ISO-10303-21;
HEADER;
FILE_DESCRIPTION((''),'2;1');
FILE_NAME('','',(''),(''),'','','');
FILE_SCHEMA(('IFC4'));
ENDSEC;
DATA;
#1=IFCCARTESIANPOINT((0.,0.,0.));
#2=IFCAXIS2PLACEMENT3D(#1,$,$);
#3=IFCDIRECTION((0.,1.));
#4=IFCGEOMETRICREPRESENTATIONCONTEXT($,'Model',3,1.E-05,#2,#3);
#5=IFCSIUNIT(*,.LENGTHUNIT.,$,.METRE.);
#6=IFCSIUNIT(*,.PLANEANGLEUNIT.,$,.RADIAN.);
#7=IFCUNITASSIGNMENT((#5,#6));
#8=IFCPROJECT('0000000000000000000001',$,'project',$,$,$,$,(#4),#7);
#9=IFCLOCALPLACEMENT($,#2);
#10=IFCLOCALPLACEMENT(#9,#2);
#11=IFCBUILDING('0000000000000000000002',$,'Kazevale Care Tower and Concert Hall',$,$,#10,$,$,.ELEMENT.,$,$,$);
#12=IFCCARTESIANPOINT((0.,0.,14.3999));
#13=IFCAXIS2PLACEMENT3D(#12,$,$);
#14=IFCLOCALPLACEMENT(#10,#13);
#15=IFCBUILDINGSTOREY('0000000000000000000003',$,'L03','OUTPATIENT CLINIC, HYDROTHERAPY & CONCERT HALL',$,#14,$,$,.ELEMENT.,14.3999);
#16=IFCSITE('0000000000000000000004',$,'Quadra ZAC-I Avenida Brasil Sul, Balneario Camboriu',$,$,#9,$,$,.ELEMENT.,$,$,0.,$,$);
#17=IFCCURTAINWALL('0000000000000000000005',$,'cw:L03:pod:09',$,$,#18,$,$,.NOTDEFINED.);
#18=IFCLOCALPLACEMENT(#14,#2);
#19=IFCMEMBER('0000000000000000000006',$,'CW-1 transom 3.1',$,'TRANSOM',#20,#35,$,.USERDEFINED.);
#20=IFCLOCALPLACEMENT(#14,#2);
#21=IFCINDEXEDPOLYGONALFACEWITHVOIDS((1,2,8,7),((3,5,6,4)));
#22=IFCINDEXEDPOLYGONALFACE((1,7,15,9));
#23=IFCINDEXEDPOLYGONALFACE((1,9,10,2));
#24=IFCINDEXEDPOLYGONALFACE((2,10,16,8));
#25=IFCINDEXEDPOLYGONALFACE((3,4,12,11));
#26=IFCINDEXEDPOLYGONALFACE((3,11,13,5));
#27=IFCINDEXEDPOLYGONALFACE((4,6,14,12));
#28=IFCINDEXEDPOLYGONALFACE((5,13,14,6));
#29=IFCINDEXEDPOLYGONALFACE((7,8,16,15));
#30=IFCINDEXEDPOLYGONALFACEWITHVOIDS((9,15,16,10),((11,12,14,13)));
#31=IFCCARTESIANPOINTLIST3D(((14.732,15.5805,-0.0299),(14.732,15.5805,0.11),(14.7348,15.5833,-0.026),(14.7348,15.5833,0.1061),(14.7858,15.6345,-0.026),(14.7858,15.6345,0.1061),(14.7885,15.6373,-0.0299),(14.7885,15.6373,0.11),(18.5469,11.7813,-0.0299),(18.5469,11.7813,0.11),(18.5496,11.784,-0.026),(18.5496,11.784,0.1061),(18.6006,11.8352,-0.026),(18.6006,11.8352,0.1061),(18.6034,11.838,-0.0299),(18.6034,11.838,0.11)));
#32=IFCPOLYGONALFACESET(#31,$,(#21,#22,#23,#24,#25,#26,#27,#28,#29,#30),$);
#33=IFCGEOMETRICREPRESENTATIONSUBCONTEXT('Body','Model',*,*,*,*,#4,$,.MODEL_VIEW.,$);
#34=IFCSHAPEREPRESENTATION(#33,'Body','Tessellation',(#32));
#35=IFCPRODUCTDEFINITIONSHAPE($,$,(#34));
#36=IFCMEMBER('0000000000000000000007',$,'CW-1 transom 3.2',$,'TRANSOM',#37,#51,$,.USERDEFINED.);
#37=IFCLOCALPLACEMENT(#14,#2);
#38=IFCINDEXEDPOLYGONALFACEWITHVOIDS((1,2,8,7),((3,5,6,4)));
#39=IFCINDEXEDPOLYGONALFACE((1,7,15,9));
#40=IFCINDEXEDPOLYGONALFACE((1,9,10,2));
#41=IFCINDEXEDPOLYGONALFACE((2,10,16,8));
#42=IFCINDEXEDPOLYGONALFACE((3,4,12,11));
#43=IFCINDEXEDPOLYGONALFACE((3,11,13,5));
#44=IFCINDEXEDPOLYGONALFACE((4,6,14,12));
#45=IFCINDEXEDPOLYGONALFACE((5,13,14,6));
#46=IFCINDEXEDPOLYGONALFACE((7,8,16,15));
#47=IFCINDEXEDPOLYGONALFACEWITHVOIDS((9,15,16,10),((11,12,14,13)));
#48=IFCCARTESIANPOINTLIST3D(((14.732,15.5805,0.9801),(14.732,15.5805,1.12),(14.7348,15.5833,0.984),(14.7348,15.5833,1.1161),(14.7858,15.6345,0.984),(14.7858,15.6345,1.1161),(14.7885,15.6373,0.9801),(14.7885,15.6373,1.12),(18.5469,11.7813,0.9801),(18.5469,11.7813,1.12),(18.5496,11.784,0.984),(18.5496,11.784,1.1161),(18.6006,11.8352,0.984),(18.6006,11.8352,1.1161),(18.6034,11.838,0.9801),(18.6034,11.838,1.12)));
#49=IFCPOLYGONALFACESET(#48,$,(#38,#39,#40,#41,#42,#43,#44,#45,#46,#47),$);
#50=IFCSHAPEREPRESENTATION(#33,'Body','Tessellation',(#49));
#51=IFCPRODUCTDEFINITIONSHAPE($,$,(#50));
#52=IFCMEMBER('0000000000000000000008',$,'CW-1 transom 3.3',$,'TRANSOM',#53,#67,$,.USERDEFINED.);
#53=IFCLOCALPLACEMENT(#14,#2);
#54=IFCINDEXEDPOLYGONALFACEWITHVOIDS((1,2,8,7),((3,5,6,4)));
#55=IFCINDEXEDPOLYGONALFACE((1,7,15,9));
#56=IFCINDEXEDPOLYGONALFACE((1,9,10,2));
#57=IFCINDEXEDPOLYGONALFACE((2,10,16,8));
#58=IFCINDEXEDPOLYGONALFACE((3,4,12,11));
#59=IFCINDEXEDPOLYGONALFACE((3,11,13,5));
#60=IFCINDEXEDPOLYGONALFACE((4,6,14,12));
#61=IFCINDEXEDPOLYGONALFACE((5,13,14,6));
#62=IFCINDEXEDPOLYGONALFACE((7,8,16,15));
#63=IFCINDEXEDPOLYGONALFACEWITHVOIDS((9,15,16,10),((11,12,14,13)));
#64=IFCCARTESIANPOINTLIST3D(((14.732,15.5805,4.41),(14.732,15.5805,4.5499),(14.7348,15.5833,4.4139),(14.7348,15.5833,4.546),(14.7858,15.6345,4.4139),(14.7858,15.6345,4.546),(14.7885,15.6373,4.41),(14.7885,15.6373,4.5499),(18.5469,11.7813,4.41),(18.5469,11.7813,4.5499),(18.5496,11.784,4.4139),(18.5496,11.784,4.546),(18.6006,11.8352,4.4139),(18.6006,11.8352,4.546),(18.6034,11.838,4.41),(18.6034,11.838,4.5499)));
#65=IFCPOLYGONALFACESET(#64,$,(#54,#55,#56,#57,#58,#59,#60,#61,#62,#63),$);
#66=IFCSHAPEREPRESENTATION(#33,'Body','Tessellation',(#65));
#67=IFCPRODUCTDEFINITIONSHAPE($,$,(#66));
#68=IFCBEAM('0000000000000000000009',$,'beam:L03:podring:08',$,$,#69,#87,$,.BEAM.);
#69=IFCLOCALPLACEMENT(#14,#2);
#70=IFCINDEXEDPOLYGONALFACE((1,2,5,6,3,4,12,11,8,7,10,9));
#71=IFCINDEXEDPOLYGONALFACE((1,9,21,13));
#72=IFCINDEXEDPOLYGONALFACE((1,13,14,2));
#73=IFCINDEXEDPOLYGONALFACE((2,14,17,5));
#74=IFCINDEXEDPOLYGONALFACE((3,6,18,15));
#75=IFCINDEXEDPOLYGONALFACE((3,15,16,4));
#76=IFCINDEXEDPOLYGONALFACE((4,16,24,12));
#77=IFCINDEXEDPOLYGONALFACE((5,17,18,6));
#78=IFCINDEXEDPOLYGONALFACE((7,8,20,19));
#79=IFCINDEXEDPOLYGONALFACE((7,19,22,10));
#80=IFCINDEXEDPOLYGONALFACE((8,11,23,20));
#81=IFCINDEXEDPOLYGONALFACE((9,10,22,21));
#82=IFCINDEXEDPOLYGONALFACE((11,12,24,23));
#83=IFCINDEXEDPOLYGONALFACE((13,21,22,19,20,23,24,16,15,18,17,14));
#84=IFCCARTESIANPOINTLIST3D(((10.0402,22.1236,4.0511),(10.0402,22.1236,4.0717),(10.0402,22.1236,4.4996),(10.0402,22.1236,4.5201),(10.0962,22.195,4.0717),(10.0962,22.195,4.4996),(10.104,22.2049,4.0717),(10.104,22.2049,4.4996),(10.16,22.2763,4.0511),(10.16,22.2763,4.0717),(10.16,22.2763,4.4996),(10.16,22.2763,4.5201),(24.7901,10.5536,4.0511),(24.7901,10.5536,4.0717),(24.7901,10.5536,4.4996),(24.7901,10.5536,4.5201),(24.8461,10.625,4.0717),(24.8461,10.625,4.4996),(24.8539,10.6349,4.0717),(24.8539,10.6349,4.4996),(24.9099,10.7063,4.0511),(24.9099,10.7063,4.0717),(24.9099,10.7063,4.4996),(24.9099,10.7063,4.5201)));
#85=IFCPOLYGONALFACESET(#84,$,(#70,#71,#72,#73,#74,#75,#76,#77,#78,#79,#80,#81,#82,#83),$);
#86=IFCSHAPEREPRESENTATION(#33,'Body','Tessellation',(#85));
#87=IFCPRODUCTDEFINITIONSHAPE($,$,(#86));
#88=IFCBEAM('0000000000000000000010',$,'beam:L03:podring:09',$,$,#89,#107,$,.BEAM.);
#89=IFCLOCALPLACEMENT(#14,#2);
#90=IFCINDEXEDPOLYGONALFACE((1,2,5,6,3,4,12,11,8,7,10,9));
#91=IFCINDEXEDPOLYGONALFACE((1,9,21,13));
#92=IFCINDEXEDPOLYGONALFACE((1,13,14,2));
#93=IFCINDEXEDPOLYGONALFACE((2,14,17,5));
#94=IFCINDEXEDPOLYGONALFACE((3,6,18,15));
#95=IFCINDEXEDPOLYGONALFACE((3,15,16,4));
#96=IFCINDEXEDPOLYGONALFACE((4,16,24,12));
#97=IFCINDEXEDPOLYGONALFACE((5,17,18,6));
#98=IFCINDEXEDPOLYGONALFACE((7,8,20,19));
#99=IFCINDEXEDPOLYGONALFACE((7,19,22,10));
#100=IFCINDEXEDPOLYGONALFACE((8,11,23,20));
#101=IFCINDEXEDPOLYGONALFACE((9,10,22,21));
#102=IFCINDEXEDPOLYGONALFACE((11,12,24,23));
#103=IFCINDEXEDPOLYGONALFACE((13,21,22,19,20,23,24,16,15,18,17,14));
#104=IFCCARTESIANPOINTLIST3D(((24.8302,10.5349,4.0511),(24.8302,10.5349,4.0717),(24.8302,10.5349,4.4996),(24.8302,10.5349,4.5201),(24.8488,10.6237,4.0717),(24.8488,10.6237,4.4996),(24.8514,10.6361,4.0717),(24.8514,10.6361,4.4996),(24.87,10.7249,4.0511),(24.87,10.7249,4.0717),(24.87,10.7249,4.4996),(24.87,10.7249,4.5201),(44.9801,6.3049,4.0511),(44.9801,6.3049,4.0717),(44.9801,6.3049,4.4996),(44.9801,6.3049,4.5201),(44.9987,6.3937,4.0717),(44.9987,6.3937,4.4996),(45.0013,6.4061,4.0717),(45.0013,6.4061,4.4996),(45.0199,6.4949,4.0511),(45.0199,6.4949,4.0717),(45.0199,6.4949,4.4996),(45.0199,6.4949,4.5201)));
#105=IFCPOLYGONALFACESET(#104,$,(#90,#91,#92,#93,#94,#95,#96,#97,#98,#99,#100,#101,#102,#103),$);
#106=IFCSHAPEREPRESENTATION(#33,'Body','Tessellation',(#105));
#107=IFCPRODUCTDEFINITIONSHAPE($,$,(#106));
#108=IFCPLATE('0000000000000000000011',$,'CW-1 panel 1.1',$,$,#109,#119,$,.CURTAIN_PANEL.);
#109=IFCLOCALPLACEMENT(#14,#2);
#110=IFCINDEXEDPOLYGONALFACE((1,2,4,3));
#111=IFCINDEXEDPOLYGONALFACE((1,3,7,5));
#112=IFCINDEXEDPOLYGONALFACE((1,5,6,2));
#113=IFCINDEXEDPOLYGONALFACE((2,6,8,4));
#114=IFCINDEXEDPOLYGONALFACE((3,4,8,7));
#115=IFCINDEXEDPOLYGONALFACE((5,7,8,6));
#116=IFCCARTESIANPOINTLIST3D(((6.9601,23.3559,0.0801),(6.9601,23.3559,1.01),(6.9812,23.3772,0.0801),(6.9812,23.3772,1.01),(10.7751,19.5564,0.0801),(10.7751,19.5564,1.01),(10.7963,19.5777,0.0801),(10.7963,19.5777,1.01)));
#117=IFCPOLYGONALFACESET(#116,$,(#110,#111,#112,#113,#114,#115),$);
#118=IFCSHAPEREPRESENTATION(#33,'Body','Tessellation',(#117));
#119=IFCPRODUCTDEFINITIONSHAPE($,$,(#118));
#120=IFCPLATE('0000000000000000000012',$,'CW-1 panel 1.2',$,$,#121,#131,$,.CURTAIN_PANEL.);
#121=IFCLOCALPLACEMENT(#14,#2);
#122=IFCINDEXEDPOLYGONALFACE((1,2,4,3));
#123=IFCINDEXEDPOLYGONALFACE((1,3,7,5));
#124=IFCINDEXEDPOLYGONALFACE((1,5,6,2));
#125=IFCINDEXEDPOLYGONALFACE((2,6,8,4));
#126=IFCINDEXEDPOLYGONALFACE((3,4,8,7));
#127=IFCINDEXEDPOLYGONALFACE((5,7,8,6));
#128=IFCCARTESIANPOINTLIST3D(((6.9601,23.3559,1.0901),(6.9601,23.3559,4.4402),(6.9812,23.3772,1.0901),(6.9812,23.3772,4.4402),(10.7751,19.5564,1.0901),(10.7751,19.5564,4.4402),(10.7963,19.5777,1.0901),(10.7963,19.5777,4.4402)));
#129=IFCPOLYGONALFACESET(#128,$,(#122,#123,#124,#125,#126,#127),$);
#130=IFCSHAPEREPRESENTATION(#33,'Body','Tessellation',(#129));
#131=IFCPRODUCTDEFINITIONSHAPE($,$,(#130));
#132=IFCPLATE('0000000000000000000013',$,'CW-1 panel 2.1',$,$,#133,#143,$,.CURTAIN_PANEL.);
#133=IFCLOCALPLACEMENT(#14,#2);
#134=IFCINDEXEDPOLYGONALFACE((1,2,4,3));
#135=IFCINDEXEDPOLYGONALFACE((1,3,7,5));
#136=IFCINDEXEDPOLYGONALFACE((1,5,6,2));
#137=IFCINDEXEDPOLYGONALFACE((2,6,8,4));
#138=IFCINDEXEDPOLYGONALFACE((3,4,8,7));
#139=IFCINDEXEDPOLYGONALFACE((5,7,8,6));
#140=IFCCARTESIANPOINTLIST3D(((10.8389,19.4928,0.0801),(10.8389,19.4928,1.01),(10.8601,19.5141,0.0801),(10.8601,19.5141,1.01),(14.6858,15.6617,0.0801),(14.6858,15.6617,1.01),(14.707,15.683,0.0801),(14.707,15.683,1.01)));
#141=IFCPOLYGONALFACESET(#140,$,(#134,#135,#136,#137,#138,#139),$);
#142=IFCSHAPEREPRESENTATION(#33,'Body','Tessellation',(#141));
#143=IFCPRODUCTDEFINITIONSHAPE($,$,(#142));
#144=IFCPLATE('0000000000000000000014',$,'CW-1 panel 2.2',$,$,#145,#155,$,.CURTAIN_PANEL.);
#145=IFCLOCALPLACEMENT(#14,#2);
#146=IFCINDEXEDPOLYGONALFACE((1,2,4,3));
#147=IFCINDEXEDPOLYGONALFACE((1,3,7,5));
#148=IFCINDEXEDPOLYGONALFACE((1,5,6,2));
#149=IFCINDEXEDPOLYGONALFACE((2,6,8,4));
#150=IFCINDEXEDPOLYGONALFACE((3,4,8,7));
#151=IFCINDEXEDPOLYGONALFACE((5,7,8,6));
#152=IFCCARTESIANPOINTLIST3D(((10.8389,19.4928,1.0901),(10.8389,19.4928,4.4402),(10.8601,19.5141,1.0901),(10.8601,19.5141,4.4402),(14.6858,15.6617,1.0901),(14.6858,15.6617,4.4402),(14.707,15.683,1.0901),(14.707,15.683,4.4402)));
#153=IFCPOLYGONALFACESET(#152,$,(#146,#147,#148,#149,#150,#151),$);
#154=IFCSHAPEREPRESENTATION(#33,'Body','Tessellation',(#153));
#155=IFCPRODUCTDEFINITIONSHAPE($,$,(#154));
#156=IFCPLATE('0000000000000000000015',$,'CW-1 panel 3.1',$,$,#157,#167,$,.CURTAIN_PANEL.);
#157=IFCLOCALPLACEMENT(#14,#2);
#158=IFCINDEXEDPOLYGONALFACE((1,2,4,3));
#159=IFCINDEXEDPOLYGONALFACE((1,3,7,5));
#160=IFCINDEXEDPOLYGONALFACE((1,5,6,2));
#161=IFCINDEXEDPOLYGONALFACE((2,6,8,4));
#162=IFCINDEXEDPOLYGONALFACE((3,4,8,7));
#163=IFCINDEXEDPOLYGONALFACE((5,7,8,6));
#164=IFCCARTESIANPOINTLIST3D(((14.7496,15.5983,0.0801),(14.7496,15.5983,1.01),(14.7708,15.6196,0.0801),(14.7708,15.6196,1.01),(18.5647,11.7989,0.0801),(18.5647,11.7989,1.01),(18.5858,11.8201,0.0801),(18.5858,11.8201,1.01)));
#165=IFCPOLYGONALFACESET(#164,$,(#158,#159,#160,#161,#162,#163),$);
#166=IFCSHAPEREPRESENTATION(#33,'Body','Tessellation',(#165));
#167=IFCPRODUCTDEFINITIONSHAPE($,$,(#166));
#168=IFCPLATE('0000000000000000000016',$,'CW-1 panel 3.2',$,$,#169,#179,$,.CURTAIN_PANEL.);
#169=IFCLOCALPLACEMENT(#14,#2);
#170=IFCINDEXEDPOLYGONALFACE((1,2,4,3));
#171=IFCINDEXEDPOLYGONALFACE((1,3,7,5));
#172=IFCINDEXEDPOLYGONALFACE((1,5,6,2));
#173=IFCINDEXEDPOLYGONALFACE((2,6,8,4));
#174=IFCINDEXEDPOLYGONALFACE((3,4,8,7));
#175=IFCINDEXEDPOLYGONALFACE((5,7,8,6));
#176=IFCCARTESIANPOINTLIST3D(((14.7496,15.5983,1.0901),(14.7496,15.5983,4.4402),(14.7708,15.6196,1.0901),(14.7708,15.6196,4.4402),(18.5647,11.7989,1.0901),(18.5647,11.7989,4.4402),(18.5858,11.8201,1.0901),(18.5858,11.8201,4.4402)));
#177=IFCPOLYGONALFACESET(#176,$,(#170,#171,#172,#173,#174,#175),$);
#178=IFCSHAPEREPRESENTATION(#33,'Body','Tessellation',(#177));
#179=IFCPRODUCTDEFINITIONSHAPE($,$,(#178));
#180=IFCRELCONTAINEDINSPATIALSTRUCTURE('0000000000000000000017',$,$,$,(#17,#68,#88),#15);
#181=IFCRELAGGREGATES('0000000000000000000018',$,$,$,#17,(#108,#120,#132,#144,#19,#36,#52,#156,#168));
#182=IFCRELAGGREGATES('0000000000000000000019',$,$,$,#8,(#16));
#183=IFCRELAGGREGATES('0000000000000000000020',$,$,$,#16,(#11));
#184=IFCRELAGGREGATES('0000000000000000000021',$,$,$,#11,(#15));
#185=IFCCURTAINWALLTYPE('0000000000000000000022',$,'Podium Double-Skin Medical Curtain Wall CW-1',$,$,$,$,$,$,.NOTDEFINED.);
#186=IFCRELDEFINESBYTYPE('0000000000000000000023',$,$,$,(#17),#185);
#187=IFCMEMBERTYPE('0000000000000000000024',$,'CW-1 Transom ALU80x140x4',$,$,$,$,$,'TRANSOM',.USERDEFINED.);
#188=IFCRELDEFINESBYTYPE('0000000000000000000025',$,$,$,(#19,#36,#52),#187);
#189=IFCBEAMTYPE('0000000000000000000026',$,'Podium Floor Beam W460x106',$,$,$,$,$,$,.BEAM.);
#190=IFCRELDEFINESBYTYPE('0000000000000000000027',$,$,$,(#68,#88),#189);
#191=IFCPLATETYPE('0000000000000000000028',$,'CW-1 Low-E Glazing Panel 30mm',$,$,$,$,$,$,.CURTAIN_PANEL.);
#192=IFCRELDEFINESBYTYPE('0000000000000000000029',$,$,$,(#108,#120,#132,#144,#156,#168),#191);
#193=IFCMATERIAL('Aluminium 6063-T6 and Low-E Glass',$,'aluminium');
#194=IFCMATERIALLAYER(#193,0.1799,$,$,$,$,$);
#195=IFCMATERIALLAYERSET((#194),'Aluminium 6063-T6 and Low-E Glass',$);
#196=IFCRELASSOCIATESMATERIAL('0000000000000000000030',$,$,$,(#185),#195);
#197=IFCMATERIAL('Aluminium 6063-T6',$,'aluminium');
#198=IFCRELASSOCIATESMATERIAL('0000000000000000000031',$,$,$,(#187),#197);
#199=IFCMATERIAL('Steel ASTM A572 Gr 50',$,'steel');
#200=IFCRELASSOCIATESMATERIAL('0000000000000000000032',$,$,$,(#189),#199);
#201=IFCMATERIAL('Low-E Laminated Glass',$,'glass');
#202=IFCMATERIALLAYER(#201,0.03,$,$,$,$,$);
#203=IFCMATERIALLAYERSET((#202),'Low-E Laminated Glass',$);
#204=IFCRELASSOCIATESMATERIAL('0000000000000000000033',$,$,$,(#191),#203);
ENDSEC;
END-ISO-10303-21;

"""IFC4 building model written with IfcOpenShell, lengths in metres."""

from ifc_helpers import new_model, si_unit, direction, frame, origin, origin_2d, place, context, subcontext, project, spatial, rectangle, hollow_rectangle, i_section, extrude, material, layer, layer_set, material_profile, profile_set, type_object, element, aggregate, save


model = new_model("IFC4")

# Units and contexts
model_context = context("Model", 3, precision=1e-05, world=origin(), true_north=direction((0.0, 1.0)))
body_context = subcontext(model_context, "Body", "Model", "MODEL_VIEW")
ifc_project = project(units=[si_unit("LENGTHUNIT", "METRE"), si_unit("PLANEANGLEUNIT", "RADIAN")], contexts=[model_context])

# Site, building, storey
site_placement = place(None, origin())
site = spatial("IfcSite", under=ifc_project, at=site_placement, Name="Quadra ZAC-I Avenida Brasil Sul, Balneario Camboriu", CompositionType="ELEMENT", RefElevation=0.0)
building_placement = place(site_placement, origin())
building = spatial("IfcBuilding", under=site, at=building_placement, Name="Kazevale Care Tower and Concert Hall", CompositionType="ELEMENT")
storey_placement = place(building_placement, frame((0.0, 0.0, 14.3999)))
storey = spatial("IfcBuildingStorey", under=building, at=storey_placement, Name="L03", Description="OUTPATIENT CLINIC, HYDROTHERAPY & CONCERT HALL", CompositionType="ELEMENT", Elevation=14.3999)

# Curtain wall, members
ifc_material_1 = material(Name="Aluminium 6063-T6 and Low-E Glass", Category="aluminium")
ifc_layer_1 = layer(ifc_material_1, 0.1799)
ifc_layer_set_1 = layer_set([ifc_layer_1], Name="Aluminium 6063-T6 and Low-E Glass")
curtain_wall_type = type_object("IfcCurtainWallType", Name="Podium Double-Skin Medical Curtain Wall CW-1", PredefinedType="NOTDEFINED", material=ifc_layer_set_1)
curtain_wall_placement = place(storey_placement, origin())
curtain_wall = element("IfcCurtainWall", 1, at=curtain_wall_placement, inside=storey, type_object=curtain_wall_type, Name="cw:L03:pod:09", PredefinedType="NOTDEFINED")
ifc_material_2 = material(Name="Aluminium 6063-T6", Category="aluminium")
ifc_material_profile_1 = material_profile(ifc_material_2, hollow_rectangle(XDim=0.0801, YDim=0.1399, WallThickness=0.0039, at=origin_2d()), Name="ALU80x140x4")
ifc_profile_set_1 = profile_set([ifc_material_profile_1], Name="Aluminium 6063-T6")
member_type_1 = type_object("IfcMemberType", Name="CW-1 Transom ALU80x140x4", ElementType="TRANSOM", PredefinedType="USERDEFINED", material=ifc_profile_set_1)
member_1_placement = place(storey_placement, frame((14.7603, 15.6089, 0.04), z_axis=(0.708556, -0.705654, 0.0), x_axis=(0.705654, 0.708556, 0.0)))
member_1 = element("IfcMember", 2, at=member_1_placement, type_object=member_type_1, Name="CW-1 transom 3.1", ObjectType="TRANSOM", PredefinedType="USERDEFINED", context=body_context, shape_type="SweptSolid", body=[
    extrude(hollow_rectangle(XDim=0.0801, YDim=0.1399, WallThickness=0.0039, at=origin_2d()), origin(), (0.0, 0.0, 1.0), 5.384),
])
member_2_placement = place(storey_placement, frame((14.7603, 15.6089, 1.05), z_axis=(0.708556, -0.705654, 0.0), x_axis=(0.705654, 0.708556, 0.0)))
member_2 = element("IfcMember", 3, at=member_2_placement, type_object=member_type_1, Name="CW-1 transom 3.2", ObjectType="TRANSOM", PredefinedType="USERDEFINED", context=body_context, shape_type="SweptSolid", body=[
    extrude(hollow_rectangle(XDim=0.0801, YDim=0.1399, WallThickness=0.0039, at=origin_2d()), origin(), (0.0, 0.0, 1.0), 5.384),
])
member_3_placement = place(storey_placement, frame((14.7603, 15.6089, 4.48), z_axis=(0.708556, -0.705654, 0.0), x_axis=(0.705654, 0.708556, 0.0)))
member_3 = element("IfcMember", 4, at=member_3_placement, type_object=member_type_1, Name="CW-1 transom 3.3", ObjectType="TRANSOM", PredefinedType="USERDEFINED", context=body_context, shape_type="SweptSolid", body=[
    extrude(hollow_rectangle(XDim=0.0801, YDim=0.1399, WallThickness=0.0039, at=origin_2d()), origin(), (0.0, 0.0, 1.0), 5.384),
])

# Beams
ifc_material_3 = material(Name="Steel ASTM A572 Gr 50", Category="steel")
ifc_material_profile_2 = material_profile(ifc_material_3, i_section(OverallWidth=0.1941, OverallDepth=0.469, WebThickness=0.0127, FlangeThickness=0.0205, at=origin_2d()), Name="W460x106")
ifc_profile_set_2 = profile_set([ifc_material_profile_2], Name="Steel ASTM A572 Gr 50")
beam_type = type_object("IfcBeamType", Name="Podium Floor Beam W460x106", PredefinedType="BEAM", material=ifc_profile_set_2)
beam_1_placement = place(storey_placement, frame((10.1001, 22.2, 4.2856), z_axis=(0.786816, -0.617188, 0.0), x_axis=(0.617188, 0.786816, 0.0)))
element("IfcBeam", 5, at=beam_1_placement, inside=storey, type_object=beam_type, Name="beam:L03:podring:08", PredefinedType="BEAM", context=body_context, shape_type="SweptSolid", body=[
    extrude(i_section(OverallWidth=0.1941, OverallDepth=0.469, WebThickness=0.0127, FlangeThickness=0.0205, at=origin_2d()), origin(), (0.0, 0.0, 1.0), 18.7463),
])
beam_2_placement = place(storey_placement, frame((24.8501, 10.6299, 4.2856), z_axis=(0.978668, -0.205448, 0.0), x_axis=(0.205448, 0.978668, 0.0)))
element("IfcBeam", 6, at=beam_2_placement, inside=storey, type_object=beam_type, Name="beam:L03:podring:09", PredefinedType="BEAM", context=body_context, shape_type="SweptSolid", body=[
    extrude(i_section(OverallWidth=0.1941, OverallDepth=0.469, WebThickness=0.0127, FlangeThickness=0.0205, at=origin_2d()), origin(), (0.0, 0.0, 1.0), 20.5891),
])

# Plates
ifc_material_4 = material(Name="Low-E Laminated Glass", Category="glass")
ifc_layer_2 = layer(ifc_material_4, 0.03)
ifc_layer_set_2 = layer_set([ifc_layer_2], Name="Low-E Laminated Glass")
plate_type = type_object("IfcPlateType", Name="CW-1 Low-E Glazing Panel 30mm", PredefinedType="CURTAIN_PANEL", material=ifc_layer_set_2)
plate_1_placement = place(storey_placement, frame((8.8782, 21.4668, 0.0801), z_axis=(0.0, 0.0, 1.0), x_axis=(0.708555, -0.705656, 0.0)))
plate_1 = element("IfcPlate", 7, at=plate_1_placement, type_object=plate_type, Name="CW-1 panel 1.1", PredefinedType="CURTAIN_PANEL", context=body_context, shape_type="SweptSolid", body=[
    extrude(rectangle(XDim=5.3843, YDim=0.03, at=origin_2d()), origin(), (0.0, 0.0, 1.0), 0.9299),
])
plate_2_placement = place(storey_placement, frame((8.8782, 21.4668, 1.0901), z_axis=(0.0, 0.0, 1.0), x_axis=(0.708555, -0.705656, 0.0)))
plate_2 = element("IfcPlate", 8, at=plate_2_placement, type_object=plate_type, Name="CW-1 panel 1.2", PredefinedType="CURTAIN_PANEL", context=body_context, shape_type="SweptSolid", body=[
    extrude(rectangle(XDim=5.3843, YDim=0.03, at=origin_2d()), origin(), (0.0, 0.0, 1.0), 3.3501),
])
plate_3_placement = place(storey_placement, frame((12.7729, 17.5879, 0.0801), z_axis=(0.0, 0.0, 1.0), x_axis=(0.708555, -0.705656, 0.0)))
plate_3 = element("IfcPlate", 9, at=plate_3_placement, type_object=plate_type, Name="CW-1 panel 2.1", PredefinedType="CURTAIN_PANEL", context=body_context, shape_type="SweptSolid", body=[
    extrude(rectangle(XDim=5.4292, YDim=0.03, at=origin_2d()), origin(), (0.0, 0.0, 1.0), 0.9299),
])
plate_4_placement = place(storey_placement, frame((12.7729, 17.5879, 1.0901), z_axis=(0.0, 0.0, 1.0), x_axis=(0.708555, -0.705656, 0.0)))
plate_4 = element("IfcPlate", 10, at=plate_4_placement, type_object=plate_type, Name="CW-1 panel 2.2", PredefinedType="CURTAIN_PANEL", context=body_context, shape_type="SweptSolid", body=[
    extrude(rectangle(XDim=5.4292, YDim=0.03, at=origin_2d()), origin(), (0.0, 0.0, 1.0), 3.3501),
])
plate_5_placement = place(storey_placement, frame((16.6677, 13.7092, 0.0801), z_axis=(0.0, 0.0, 1.0), x_axis=(0.708555, -0.705656, 0.0)))
plate_5 = element("IfcPlate", 11, at=plate_5_placement, type_object=plate_type, Name="CW-1 panel 3.1", PredefinedType="CURTAIN_PANEL", context=body_context, shape_type="SweptSolid", body=[
    extrude(rectangle(XDim=5.3843, YDim=0.03, at=origin_2d()), origin(), (0.0, 0.0, 1.0), 0.9299),
])
plate_6_placement = place(storey_placement, frame((16.6677, 13.7092, 1.0901), z_axis=(0.0, 0.0, 1.0), x_axis=(0.708555, -0.705656, 0.0)))
plate_6 = element("IfcPlate", 12, at=plate_6_placement, type_object=plate_type, Name="CW-1 panel 3.2", PredefinedType="CURTAIN_PANEL", context=body_context, shape_type="SweptSolid", body=[
    extrude(rectangle(XDim=5.3843, YDim=0.03, at=origin_2d()), origin(), (0.0, 0.0, 1.0), 3.3501),
])
aggregate(curtain_wall, [plate_1, plate_2, plate_3, plate_4, member_1, member_2, member_3, plate_5, plate_6])

save(model, "model.ifc")
